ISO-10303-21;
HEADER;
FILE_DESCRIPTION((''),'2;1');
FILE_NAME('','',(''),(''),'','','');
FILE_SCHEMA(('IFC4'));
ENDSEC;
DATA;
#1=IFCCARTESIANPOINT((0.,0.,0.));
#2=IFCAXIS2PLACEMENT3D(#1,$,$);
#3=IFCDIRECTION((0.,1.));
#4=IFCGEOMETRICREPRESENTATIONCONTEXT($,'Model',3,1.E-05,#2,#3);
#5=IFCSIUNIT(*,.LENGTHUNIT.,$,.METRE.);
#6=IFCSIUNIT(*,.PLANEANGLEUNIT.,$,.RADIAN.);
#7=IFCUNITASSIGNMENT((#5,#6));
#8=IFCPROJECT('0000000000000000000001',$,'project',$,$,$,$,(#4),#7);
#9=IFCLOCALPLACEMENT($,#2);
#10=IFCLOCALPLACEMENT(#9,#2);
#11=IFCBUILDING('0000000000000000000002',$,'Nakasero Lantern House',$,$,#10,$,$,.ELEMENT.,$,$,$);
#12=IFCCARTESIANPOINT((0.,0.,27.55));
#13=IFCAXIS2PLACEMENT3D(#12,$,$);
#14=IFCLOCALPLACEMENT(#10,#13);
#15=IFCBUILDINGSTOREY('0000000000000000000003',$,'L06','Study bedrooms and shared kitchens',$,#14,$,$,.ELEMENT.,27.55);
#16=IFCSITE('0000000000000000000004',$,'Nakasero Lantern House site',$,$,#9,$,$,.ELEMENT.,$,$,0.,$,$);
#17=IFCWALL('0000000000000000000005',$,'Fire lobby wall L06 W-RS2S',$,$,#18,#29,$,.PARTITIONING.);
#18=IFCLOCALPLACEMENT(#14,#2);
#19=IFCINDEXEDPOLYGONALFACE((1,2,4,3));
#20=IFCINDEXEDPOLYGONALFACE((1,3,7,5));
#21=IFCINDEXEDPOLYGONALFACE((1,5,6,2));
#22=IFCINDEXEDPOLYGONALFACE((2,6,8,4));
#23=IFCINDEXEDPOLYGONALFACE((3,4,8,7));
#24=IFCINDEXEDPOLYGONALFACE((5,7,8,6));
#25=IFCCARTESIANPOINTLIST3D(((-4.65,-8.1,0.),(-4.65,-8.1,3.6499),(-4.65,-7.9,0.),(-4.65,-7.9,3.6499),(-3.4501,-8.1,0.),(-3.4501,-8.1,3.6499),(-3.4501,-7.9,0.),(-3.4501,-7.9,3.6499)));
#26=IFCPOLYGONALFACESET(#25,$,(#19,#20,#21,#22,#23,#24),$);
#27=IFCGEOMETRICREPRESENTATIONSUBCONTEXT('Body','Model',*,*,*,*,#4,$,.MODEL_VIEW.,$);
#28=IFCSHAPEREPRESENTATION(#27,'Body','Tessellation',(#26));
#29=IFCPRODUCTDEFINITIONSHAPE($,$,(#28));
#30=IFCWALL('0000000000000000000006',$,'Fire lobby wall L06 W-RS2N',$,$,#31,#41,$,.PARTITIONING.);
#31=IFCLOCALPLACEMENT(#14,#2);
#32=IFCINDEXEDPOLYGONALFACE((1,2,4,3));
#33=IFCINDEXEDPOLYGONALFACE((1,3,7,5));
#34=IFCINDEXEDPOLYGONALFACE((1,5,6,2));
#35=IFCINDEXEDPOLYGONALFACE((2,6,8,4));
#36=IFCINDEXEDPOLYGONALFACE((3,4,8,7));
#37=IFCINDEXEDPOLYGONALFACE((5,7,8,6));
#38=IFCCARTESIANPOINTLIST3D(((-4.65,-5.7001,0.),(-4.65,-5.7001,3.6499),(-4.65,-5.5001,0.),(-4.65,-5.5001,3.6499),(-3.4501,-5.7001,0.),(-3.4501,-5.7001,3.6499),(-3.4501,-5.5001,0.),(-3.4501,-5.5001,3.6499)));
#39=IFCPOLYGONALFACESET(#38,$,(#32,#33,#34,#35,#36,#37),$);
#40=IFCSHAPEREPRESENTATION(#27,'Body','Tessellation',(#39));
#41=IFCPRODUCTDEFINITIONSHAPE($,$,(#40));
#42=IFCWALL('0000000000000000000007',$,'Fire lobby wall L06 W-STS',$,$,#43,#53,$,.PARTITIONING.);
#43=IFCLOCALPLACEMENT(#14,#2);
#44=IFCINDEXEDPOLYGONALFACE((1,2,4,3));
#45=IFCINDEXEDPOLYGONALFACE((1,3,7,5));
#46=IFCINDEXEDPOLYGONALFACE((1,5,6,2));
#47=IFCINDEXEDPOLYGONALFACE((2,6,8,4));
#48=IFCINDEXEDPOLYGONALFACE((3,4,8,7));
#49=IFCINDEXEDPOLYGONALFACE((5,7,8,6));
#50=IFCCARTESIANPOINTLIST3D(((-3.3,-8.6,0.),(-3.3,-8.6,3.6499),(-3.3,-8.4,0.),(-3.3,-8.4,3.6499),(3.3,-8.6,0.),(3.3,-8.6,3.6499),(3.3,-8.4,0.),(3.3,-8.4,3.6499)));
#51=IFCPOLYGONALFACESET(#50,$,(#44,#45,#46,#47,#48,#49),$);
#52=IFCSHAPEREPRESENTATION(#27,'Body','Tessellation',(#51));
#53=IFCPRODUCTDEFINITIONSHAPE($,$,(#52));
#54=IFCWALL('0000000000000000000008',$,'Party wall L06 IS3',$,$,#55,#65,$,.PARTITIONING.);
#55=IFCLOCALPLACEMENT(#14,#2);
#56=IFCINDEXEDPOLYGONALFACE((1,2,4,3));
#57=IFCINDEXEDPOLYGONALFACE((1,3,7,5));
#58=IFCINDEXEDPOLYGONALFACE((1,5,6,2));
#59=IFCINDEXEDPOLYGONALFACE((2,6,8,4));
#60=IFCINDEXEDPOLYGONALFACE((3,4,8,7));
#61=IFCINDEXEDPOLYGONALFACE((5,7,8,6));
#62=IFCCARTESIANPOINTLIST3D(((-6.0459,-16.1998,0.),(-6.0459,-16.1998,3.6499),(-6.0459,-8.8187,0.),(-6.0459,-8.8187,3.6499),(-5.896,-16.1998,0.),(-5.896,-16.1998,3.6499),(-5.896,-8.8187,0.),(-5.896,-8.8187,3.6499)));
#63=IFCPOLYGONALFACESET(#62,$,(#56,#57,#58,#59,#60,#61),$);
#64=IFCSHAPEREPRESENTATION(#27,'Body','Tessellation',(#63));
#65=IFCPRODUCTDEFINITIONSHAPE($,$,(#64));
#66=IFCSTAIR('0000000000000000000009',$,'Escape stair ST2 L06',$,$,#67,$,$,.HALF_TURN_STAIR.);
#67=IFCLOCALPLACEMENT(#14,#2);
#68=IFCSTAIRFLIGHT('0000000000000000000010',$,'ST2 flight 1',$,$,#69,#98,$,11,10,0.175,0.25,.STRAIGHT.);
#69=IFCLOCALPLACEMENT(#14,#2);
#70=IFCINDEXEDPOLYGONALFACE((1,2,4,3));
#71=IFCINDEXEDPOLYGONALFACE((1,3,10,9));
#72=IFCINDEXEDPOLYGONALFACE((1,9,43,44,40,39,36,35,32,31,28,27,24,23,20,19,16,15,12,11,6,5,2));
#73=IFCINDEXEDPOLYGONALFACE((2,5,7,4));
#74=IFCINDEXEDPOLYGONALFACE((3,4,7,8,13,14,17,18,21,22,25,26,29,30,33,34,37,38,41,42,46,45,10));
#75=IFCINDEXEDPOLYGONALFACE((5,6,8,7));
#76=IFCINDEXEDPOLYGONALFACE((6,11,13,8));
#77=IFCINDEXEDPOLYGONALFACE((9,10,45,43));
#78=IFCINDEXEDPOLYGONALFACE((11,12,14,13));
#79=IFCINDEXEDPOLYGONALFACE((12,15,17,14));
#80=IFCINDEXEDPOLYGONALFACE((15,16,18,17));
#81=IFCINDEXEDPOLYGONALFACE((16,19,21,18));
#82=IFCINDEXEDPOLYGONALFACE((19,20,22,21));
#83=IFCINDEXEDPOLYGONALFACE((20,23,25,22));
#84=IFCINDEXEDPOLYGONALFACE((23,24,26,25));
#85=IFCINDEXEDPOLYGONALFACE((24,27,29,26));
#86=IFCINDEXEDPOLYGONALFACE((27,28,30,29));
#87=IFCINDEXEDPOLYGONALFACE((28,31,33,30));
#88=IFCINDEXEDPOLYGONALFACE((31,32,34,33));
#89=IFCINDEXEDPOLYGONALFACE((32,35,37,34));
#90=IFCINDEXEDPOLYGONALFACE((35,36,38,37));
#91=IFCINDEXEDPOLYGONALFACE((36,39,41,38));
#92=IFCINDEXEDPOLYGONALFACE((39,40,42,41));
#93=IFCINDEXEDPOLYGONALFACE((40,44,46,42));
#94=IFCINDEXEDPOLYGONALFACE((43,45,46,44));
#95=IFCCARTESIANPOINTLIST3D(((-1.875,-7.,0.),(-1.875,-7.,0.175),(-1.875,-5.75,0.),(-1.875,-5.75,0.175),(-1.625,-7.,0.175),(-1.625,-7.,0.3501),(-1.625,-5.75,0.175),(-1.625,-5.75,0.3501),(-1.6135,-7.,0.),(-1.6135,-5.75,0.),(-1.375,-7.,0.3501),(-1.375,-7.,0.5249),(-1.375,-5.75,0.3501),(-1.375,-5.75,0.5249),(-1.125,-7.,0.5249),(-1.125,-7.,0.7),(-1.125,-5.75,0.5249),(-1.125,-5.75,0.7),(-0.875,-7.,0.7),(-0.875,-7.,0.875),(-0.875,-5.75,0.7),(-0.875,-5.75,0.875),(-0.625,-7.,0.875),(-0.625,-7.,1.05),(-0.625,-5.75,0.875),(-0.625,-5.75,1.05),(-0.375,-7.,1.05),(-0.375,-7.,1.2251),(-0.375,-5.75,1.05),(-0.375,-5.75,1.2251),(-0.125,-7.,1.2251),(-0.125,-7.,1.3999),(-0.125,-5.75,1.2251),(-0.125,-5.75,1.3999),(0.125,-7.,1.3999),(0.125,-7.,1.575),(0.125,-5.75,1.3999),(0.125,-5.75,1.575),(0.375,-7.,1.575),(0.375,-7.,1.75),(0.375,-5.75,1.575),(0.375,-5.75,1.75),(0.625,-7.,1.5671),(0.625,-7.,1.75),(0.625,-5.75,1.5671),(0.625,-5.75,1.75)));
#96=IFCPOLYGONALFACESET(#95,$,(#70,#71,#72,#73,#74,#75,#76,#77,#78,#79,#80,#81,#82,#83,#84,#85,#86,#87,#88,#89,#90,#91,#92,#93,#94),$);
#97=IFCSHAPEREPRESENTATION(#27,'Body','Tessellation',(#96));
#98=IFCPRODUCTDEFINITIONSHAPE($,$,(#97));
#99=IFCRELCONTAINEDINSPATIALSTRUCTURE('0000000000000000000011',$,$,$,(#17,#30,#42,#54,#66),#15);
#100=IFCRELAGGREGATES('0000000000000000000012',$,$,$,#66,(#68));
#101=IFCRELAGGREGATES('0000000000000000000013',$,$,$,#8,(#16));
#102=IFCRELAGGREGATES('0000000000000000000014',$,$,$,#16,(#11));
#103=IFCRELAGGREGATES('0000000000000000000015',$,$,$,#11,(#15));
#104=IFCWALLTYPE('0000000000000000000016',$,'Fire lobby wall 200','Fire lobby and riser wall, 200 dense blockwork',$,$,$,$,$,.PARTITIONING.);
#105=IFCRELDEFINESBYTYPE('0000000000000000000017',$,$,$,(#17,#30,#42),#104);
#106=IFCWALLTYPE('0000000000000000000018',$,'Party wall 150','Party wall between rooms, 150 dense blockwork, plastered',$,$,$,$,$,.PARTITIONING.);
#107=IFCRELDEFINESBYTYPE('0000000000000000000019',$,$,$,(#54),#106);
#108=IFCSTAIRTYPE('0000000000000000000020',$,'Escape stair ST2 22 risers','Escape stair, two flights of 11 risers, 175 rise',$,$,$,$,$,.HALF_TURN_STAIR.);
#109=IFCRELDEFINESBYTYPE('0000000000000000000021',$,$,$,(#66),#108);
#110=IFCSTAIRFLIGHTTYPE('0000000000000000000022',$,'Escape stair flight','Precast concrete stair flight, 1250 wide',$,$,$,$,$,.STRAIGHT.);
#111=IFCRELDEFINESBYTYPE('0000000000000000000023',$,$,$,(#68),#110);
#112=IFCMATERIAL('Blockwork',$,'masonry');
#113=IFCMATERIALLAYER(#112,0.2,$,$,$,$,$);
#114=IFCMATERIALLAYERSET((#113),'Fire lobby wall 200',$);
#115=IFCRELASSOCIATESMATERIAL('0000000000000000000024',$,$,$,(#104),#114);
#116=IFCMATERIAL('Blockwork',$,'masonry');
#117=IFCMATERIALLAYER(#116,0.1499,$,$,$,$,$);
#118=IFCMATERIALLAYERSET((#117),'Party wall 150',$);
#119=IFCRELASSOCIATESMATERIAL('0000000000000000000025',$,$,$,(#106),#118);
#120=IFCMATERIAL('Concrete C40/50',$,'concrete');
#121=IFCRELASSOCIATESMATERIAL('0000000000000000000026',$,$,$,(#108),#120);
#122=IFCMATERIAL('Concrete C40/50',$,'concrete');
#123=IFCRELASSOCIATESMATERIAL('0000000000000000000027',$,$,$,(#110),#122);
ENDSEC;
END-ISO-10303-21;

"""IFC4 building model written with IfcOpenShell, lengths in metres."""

from ifc_helpers import new_model, si_unit, direction, frame, frame_2d, origin, place, context, subcontext, project, spatial, polyline, rectangle, outline, extrude, material, layer, layer_set, type_object, element, aggregate, save


model = new_model("IFC4")

# Units and contexts
model_context = context("Model", 3, precision=1e-05, world=origin(), true_north=direction((0.0, 1.0)))
body_context = subcontext(model_context, "Body", "Model", "MODEL_VIEW")
ifc_project = project(units=[si_unit("LENGTHUNIT", "METRE"), si_unit("PLANEANGLEUNIT", "RADIAN")], contexts=[model_context])

# Site, building, storey
site_placement = place(None, origin())
site = spatial("IfcSite", under=ifc_project, at=site_placement, Name="Nakasero Lantern House site", CompositionType="ELEMENT", RefElevation=0.0)
building_placement = place(site_placement, origin())
building = spatial("IfcBuilding", under=site, at=building_placement, Name="Nakasero Lantern House", CompositionType="ELEMENT")
storey_placement = place(building_placement, frame((0.0, 0.0, 27.55)))
storey = spatial("IfcBuildingStorey", under=building, at=storey_placement, Name="L06", Description="Study bedrooms and shared kitchens", CompositionType="ELEMENT", Elevation=27.55)

# Shared definitions
ifc_material_1 = material(Name="Blockwork", Category="masonry")
ifc_layer_1 = layer(ifc_material_1, 0.2)
ifc_layer_set_1 = layer_set([ifc_layer_1], Name="Fire lobby wall 200")
wall_type_1 = type_object("IfcWallType", Name="Fire lobby wall 200", Description="Fire lobby and riser wall, 200 dense blockwork", PredefinedType="PARTITIONING", material=ifc_layer_set_1)

# Walls
for number, where, z_axis, x_axis, name in (
    (1, (-3.45, -8.0, 0.0), (0.0, 0.0, 1.0), (-1.0, 0.0, 0.0), "Fire lobby wall L06 W-RS2S"),
    (2, (-3.45, -5.6001, 0.0), (0.0, 0.0, 1.0), (-1.0, 0.0, 0.0), "Fire lobby wall L06 W-RS2N"),
):
    element("IfcWall", number, at=place(storey_placement, frame(where, z_axis=z_axis, x_axis=x_axis)), inside=storey, type_object=wall_type_1, Name=name, PredefinedType="PARTITIONING", context=body_context, shape_type="SweptSolid", body=[
        extrude(rectangle(XDim=1.2, YDim=0.2, at=frame_2d((0.6001, 0.0))), origin(), (0.0, 0.0, 1.0), 3.6499),
    ])
wall_1_placement = place(storey_placement, frame((-3.3, -8.5, 0.0), z_axis=(0.0, 0.0, 1.0), x_axis=(1.0, 0.0, 0.0)))
element("IfcWall", 3, at=wall_1_placement, inside=storey, type_object=wall_type_1, Name="Fire lobby wall L06 W-STS", PredefinedType="PARTITIONING", context=body_context, shape_type="SweptSolid", body=[
    extrude(rectangle(XDim=6.6001, YDim=0.2, at=frame_2d((3.3, 0.0))), origin(), (0.0, 0.0, 1.0), 3.6499),
])
ifc_material_2 = material(Name="Blockwork", Category="masonry")
ifc_layer_2 = layer(ifc_material_2, 0.1499)
ifc_layer_set_2 = layer_set([ifc_layer_2], Name="Party wall 150")
wall_type_2 = type_object("IfcWallType", Name="Party wall 150", Description="Party wall between rooms, 150 dense blockwork, plastered", PredefinedType="PARTITIONING", material=ifc_layer_set_2)
wall_2_placement = place(storey_placement, frame((-5.9709, -8.8188, 0.0), z_axis=(0.0, 0.0, 1.0), x_axis=(0.0, -1.0, 0.0)))
element("IfcWall", 4, at=wall_2_placement, inside=storey, type_object=wall_type_2, Name="Party wall L06 IS3", PredefinedType="PARTITIONING", context=body_context, shape_type="SweptSolid", body=[
    extrude(rectangle(XDim=7.3811, YDim=0.1499, at=frame_2d((3.6904, 0.0))), origin(), (0.0, 0.0, 1.0), 3.6499),
])

# Stair, stair flight
ifc_material_3 = material(Name="Concrete C40/50", Category="concrete")
stair_type = type_object("IfcStairType", Name="Escape stair ST2 22 risers", Description="Escape stair, two flights of 11 risers, 175 rise", PredefinedType="HALF_TURN_STAIR", material=ifc_material_3)
stair_placement = place(storey_placement, origin())
stair = element("IfcStair", 5, at=stair_placement, inside=storey, type_object=stair_type, Name="Escape stair ST2 L06", PredefinedType="HALF_TURN_STAIR")
ifc_material_4 = material(Name="Concrete C40/50", Category="concrete")
stair_flight_type = type_object("IfcStairFlightType", Name="Escape stair flight", Description="Precast concrete stair flight, 1250 wide", PredefinedType="STRAIGHT", material=ifc_material_4)
stair_flight_placement = place(storey_placement, frame((-1.875, -6.375, 0.0), z_axis=(0.0, 0.0, 1.0), x_axis=(1.0, 0.0, 0.0)))
stair_flight = element("IfcStairFlight", 6, at=stair_flight_placement, type_object=stair_flight_type, Name="ST2 flight 1", NumberOfRisers=11, NumberOfTreads=10, PredefinedType="STRAIGHT", RiserHeight=0.175, TreadLength=0.25, context=body_context, shape_type="SweptSolid", body=[
    extrude(outline(polyline([(0.0, 0.0), (0.0, 0.175), (0.25, 0.175), (0.25, 0.3501), (0.5, 0.3501), (0.5, 0.5249), (0.75, 0.5249), (0.75, 0.7), (1.0, 0.7), (1.0, 0.875), (1.25, 0.875), (1.25, 1.05), (1.5, 1.05), (1.5, 1.2251), (1.75, 1.2251), (1.75, 1.3999), (2.0, 1.3999), (2.0, 1.575), (2.25, 1.575), (2.25, 1.75), (2.5, 1.75), (2.5, 1.925), (2.5, 1.5671), (0.2615, 0.0), (0.0, 0.0)])), frame((0.0, 0.625, 0.0), z_axis=(0.0, -1.0, 0.0), x_axis=(1.0, 0.0, 0.0)), (0.0, 0.0, 1.0), 1.25),
])
aggregate(stair, [stair_flight])

save(model, "model.ifc")
